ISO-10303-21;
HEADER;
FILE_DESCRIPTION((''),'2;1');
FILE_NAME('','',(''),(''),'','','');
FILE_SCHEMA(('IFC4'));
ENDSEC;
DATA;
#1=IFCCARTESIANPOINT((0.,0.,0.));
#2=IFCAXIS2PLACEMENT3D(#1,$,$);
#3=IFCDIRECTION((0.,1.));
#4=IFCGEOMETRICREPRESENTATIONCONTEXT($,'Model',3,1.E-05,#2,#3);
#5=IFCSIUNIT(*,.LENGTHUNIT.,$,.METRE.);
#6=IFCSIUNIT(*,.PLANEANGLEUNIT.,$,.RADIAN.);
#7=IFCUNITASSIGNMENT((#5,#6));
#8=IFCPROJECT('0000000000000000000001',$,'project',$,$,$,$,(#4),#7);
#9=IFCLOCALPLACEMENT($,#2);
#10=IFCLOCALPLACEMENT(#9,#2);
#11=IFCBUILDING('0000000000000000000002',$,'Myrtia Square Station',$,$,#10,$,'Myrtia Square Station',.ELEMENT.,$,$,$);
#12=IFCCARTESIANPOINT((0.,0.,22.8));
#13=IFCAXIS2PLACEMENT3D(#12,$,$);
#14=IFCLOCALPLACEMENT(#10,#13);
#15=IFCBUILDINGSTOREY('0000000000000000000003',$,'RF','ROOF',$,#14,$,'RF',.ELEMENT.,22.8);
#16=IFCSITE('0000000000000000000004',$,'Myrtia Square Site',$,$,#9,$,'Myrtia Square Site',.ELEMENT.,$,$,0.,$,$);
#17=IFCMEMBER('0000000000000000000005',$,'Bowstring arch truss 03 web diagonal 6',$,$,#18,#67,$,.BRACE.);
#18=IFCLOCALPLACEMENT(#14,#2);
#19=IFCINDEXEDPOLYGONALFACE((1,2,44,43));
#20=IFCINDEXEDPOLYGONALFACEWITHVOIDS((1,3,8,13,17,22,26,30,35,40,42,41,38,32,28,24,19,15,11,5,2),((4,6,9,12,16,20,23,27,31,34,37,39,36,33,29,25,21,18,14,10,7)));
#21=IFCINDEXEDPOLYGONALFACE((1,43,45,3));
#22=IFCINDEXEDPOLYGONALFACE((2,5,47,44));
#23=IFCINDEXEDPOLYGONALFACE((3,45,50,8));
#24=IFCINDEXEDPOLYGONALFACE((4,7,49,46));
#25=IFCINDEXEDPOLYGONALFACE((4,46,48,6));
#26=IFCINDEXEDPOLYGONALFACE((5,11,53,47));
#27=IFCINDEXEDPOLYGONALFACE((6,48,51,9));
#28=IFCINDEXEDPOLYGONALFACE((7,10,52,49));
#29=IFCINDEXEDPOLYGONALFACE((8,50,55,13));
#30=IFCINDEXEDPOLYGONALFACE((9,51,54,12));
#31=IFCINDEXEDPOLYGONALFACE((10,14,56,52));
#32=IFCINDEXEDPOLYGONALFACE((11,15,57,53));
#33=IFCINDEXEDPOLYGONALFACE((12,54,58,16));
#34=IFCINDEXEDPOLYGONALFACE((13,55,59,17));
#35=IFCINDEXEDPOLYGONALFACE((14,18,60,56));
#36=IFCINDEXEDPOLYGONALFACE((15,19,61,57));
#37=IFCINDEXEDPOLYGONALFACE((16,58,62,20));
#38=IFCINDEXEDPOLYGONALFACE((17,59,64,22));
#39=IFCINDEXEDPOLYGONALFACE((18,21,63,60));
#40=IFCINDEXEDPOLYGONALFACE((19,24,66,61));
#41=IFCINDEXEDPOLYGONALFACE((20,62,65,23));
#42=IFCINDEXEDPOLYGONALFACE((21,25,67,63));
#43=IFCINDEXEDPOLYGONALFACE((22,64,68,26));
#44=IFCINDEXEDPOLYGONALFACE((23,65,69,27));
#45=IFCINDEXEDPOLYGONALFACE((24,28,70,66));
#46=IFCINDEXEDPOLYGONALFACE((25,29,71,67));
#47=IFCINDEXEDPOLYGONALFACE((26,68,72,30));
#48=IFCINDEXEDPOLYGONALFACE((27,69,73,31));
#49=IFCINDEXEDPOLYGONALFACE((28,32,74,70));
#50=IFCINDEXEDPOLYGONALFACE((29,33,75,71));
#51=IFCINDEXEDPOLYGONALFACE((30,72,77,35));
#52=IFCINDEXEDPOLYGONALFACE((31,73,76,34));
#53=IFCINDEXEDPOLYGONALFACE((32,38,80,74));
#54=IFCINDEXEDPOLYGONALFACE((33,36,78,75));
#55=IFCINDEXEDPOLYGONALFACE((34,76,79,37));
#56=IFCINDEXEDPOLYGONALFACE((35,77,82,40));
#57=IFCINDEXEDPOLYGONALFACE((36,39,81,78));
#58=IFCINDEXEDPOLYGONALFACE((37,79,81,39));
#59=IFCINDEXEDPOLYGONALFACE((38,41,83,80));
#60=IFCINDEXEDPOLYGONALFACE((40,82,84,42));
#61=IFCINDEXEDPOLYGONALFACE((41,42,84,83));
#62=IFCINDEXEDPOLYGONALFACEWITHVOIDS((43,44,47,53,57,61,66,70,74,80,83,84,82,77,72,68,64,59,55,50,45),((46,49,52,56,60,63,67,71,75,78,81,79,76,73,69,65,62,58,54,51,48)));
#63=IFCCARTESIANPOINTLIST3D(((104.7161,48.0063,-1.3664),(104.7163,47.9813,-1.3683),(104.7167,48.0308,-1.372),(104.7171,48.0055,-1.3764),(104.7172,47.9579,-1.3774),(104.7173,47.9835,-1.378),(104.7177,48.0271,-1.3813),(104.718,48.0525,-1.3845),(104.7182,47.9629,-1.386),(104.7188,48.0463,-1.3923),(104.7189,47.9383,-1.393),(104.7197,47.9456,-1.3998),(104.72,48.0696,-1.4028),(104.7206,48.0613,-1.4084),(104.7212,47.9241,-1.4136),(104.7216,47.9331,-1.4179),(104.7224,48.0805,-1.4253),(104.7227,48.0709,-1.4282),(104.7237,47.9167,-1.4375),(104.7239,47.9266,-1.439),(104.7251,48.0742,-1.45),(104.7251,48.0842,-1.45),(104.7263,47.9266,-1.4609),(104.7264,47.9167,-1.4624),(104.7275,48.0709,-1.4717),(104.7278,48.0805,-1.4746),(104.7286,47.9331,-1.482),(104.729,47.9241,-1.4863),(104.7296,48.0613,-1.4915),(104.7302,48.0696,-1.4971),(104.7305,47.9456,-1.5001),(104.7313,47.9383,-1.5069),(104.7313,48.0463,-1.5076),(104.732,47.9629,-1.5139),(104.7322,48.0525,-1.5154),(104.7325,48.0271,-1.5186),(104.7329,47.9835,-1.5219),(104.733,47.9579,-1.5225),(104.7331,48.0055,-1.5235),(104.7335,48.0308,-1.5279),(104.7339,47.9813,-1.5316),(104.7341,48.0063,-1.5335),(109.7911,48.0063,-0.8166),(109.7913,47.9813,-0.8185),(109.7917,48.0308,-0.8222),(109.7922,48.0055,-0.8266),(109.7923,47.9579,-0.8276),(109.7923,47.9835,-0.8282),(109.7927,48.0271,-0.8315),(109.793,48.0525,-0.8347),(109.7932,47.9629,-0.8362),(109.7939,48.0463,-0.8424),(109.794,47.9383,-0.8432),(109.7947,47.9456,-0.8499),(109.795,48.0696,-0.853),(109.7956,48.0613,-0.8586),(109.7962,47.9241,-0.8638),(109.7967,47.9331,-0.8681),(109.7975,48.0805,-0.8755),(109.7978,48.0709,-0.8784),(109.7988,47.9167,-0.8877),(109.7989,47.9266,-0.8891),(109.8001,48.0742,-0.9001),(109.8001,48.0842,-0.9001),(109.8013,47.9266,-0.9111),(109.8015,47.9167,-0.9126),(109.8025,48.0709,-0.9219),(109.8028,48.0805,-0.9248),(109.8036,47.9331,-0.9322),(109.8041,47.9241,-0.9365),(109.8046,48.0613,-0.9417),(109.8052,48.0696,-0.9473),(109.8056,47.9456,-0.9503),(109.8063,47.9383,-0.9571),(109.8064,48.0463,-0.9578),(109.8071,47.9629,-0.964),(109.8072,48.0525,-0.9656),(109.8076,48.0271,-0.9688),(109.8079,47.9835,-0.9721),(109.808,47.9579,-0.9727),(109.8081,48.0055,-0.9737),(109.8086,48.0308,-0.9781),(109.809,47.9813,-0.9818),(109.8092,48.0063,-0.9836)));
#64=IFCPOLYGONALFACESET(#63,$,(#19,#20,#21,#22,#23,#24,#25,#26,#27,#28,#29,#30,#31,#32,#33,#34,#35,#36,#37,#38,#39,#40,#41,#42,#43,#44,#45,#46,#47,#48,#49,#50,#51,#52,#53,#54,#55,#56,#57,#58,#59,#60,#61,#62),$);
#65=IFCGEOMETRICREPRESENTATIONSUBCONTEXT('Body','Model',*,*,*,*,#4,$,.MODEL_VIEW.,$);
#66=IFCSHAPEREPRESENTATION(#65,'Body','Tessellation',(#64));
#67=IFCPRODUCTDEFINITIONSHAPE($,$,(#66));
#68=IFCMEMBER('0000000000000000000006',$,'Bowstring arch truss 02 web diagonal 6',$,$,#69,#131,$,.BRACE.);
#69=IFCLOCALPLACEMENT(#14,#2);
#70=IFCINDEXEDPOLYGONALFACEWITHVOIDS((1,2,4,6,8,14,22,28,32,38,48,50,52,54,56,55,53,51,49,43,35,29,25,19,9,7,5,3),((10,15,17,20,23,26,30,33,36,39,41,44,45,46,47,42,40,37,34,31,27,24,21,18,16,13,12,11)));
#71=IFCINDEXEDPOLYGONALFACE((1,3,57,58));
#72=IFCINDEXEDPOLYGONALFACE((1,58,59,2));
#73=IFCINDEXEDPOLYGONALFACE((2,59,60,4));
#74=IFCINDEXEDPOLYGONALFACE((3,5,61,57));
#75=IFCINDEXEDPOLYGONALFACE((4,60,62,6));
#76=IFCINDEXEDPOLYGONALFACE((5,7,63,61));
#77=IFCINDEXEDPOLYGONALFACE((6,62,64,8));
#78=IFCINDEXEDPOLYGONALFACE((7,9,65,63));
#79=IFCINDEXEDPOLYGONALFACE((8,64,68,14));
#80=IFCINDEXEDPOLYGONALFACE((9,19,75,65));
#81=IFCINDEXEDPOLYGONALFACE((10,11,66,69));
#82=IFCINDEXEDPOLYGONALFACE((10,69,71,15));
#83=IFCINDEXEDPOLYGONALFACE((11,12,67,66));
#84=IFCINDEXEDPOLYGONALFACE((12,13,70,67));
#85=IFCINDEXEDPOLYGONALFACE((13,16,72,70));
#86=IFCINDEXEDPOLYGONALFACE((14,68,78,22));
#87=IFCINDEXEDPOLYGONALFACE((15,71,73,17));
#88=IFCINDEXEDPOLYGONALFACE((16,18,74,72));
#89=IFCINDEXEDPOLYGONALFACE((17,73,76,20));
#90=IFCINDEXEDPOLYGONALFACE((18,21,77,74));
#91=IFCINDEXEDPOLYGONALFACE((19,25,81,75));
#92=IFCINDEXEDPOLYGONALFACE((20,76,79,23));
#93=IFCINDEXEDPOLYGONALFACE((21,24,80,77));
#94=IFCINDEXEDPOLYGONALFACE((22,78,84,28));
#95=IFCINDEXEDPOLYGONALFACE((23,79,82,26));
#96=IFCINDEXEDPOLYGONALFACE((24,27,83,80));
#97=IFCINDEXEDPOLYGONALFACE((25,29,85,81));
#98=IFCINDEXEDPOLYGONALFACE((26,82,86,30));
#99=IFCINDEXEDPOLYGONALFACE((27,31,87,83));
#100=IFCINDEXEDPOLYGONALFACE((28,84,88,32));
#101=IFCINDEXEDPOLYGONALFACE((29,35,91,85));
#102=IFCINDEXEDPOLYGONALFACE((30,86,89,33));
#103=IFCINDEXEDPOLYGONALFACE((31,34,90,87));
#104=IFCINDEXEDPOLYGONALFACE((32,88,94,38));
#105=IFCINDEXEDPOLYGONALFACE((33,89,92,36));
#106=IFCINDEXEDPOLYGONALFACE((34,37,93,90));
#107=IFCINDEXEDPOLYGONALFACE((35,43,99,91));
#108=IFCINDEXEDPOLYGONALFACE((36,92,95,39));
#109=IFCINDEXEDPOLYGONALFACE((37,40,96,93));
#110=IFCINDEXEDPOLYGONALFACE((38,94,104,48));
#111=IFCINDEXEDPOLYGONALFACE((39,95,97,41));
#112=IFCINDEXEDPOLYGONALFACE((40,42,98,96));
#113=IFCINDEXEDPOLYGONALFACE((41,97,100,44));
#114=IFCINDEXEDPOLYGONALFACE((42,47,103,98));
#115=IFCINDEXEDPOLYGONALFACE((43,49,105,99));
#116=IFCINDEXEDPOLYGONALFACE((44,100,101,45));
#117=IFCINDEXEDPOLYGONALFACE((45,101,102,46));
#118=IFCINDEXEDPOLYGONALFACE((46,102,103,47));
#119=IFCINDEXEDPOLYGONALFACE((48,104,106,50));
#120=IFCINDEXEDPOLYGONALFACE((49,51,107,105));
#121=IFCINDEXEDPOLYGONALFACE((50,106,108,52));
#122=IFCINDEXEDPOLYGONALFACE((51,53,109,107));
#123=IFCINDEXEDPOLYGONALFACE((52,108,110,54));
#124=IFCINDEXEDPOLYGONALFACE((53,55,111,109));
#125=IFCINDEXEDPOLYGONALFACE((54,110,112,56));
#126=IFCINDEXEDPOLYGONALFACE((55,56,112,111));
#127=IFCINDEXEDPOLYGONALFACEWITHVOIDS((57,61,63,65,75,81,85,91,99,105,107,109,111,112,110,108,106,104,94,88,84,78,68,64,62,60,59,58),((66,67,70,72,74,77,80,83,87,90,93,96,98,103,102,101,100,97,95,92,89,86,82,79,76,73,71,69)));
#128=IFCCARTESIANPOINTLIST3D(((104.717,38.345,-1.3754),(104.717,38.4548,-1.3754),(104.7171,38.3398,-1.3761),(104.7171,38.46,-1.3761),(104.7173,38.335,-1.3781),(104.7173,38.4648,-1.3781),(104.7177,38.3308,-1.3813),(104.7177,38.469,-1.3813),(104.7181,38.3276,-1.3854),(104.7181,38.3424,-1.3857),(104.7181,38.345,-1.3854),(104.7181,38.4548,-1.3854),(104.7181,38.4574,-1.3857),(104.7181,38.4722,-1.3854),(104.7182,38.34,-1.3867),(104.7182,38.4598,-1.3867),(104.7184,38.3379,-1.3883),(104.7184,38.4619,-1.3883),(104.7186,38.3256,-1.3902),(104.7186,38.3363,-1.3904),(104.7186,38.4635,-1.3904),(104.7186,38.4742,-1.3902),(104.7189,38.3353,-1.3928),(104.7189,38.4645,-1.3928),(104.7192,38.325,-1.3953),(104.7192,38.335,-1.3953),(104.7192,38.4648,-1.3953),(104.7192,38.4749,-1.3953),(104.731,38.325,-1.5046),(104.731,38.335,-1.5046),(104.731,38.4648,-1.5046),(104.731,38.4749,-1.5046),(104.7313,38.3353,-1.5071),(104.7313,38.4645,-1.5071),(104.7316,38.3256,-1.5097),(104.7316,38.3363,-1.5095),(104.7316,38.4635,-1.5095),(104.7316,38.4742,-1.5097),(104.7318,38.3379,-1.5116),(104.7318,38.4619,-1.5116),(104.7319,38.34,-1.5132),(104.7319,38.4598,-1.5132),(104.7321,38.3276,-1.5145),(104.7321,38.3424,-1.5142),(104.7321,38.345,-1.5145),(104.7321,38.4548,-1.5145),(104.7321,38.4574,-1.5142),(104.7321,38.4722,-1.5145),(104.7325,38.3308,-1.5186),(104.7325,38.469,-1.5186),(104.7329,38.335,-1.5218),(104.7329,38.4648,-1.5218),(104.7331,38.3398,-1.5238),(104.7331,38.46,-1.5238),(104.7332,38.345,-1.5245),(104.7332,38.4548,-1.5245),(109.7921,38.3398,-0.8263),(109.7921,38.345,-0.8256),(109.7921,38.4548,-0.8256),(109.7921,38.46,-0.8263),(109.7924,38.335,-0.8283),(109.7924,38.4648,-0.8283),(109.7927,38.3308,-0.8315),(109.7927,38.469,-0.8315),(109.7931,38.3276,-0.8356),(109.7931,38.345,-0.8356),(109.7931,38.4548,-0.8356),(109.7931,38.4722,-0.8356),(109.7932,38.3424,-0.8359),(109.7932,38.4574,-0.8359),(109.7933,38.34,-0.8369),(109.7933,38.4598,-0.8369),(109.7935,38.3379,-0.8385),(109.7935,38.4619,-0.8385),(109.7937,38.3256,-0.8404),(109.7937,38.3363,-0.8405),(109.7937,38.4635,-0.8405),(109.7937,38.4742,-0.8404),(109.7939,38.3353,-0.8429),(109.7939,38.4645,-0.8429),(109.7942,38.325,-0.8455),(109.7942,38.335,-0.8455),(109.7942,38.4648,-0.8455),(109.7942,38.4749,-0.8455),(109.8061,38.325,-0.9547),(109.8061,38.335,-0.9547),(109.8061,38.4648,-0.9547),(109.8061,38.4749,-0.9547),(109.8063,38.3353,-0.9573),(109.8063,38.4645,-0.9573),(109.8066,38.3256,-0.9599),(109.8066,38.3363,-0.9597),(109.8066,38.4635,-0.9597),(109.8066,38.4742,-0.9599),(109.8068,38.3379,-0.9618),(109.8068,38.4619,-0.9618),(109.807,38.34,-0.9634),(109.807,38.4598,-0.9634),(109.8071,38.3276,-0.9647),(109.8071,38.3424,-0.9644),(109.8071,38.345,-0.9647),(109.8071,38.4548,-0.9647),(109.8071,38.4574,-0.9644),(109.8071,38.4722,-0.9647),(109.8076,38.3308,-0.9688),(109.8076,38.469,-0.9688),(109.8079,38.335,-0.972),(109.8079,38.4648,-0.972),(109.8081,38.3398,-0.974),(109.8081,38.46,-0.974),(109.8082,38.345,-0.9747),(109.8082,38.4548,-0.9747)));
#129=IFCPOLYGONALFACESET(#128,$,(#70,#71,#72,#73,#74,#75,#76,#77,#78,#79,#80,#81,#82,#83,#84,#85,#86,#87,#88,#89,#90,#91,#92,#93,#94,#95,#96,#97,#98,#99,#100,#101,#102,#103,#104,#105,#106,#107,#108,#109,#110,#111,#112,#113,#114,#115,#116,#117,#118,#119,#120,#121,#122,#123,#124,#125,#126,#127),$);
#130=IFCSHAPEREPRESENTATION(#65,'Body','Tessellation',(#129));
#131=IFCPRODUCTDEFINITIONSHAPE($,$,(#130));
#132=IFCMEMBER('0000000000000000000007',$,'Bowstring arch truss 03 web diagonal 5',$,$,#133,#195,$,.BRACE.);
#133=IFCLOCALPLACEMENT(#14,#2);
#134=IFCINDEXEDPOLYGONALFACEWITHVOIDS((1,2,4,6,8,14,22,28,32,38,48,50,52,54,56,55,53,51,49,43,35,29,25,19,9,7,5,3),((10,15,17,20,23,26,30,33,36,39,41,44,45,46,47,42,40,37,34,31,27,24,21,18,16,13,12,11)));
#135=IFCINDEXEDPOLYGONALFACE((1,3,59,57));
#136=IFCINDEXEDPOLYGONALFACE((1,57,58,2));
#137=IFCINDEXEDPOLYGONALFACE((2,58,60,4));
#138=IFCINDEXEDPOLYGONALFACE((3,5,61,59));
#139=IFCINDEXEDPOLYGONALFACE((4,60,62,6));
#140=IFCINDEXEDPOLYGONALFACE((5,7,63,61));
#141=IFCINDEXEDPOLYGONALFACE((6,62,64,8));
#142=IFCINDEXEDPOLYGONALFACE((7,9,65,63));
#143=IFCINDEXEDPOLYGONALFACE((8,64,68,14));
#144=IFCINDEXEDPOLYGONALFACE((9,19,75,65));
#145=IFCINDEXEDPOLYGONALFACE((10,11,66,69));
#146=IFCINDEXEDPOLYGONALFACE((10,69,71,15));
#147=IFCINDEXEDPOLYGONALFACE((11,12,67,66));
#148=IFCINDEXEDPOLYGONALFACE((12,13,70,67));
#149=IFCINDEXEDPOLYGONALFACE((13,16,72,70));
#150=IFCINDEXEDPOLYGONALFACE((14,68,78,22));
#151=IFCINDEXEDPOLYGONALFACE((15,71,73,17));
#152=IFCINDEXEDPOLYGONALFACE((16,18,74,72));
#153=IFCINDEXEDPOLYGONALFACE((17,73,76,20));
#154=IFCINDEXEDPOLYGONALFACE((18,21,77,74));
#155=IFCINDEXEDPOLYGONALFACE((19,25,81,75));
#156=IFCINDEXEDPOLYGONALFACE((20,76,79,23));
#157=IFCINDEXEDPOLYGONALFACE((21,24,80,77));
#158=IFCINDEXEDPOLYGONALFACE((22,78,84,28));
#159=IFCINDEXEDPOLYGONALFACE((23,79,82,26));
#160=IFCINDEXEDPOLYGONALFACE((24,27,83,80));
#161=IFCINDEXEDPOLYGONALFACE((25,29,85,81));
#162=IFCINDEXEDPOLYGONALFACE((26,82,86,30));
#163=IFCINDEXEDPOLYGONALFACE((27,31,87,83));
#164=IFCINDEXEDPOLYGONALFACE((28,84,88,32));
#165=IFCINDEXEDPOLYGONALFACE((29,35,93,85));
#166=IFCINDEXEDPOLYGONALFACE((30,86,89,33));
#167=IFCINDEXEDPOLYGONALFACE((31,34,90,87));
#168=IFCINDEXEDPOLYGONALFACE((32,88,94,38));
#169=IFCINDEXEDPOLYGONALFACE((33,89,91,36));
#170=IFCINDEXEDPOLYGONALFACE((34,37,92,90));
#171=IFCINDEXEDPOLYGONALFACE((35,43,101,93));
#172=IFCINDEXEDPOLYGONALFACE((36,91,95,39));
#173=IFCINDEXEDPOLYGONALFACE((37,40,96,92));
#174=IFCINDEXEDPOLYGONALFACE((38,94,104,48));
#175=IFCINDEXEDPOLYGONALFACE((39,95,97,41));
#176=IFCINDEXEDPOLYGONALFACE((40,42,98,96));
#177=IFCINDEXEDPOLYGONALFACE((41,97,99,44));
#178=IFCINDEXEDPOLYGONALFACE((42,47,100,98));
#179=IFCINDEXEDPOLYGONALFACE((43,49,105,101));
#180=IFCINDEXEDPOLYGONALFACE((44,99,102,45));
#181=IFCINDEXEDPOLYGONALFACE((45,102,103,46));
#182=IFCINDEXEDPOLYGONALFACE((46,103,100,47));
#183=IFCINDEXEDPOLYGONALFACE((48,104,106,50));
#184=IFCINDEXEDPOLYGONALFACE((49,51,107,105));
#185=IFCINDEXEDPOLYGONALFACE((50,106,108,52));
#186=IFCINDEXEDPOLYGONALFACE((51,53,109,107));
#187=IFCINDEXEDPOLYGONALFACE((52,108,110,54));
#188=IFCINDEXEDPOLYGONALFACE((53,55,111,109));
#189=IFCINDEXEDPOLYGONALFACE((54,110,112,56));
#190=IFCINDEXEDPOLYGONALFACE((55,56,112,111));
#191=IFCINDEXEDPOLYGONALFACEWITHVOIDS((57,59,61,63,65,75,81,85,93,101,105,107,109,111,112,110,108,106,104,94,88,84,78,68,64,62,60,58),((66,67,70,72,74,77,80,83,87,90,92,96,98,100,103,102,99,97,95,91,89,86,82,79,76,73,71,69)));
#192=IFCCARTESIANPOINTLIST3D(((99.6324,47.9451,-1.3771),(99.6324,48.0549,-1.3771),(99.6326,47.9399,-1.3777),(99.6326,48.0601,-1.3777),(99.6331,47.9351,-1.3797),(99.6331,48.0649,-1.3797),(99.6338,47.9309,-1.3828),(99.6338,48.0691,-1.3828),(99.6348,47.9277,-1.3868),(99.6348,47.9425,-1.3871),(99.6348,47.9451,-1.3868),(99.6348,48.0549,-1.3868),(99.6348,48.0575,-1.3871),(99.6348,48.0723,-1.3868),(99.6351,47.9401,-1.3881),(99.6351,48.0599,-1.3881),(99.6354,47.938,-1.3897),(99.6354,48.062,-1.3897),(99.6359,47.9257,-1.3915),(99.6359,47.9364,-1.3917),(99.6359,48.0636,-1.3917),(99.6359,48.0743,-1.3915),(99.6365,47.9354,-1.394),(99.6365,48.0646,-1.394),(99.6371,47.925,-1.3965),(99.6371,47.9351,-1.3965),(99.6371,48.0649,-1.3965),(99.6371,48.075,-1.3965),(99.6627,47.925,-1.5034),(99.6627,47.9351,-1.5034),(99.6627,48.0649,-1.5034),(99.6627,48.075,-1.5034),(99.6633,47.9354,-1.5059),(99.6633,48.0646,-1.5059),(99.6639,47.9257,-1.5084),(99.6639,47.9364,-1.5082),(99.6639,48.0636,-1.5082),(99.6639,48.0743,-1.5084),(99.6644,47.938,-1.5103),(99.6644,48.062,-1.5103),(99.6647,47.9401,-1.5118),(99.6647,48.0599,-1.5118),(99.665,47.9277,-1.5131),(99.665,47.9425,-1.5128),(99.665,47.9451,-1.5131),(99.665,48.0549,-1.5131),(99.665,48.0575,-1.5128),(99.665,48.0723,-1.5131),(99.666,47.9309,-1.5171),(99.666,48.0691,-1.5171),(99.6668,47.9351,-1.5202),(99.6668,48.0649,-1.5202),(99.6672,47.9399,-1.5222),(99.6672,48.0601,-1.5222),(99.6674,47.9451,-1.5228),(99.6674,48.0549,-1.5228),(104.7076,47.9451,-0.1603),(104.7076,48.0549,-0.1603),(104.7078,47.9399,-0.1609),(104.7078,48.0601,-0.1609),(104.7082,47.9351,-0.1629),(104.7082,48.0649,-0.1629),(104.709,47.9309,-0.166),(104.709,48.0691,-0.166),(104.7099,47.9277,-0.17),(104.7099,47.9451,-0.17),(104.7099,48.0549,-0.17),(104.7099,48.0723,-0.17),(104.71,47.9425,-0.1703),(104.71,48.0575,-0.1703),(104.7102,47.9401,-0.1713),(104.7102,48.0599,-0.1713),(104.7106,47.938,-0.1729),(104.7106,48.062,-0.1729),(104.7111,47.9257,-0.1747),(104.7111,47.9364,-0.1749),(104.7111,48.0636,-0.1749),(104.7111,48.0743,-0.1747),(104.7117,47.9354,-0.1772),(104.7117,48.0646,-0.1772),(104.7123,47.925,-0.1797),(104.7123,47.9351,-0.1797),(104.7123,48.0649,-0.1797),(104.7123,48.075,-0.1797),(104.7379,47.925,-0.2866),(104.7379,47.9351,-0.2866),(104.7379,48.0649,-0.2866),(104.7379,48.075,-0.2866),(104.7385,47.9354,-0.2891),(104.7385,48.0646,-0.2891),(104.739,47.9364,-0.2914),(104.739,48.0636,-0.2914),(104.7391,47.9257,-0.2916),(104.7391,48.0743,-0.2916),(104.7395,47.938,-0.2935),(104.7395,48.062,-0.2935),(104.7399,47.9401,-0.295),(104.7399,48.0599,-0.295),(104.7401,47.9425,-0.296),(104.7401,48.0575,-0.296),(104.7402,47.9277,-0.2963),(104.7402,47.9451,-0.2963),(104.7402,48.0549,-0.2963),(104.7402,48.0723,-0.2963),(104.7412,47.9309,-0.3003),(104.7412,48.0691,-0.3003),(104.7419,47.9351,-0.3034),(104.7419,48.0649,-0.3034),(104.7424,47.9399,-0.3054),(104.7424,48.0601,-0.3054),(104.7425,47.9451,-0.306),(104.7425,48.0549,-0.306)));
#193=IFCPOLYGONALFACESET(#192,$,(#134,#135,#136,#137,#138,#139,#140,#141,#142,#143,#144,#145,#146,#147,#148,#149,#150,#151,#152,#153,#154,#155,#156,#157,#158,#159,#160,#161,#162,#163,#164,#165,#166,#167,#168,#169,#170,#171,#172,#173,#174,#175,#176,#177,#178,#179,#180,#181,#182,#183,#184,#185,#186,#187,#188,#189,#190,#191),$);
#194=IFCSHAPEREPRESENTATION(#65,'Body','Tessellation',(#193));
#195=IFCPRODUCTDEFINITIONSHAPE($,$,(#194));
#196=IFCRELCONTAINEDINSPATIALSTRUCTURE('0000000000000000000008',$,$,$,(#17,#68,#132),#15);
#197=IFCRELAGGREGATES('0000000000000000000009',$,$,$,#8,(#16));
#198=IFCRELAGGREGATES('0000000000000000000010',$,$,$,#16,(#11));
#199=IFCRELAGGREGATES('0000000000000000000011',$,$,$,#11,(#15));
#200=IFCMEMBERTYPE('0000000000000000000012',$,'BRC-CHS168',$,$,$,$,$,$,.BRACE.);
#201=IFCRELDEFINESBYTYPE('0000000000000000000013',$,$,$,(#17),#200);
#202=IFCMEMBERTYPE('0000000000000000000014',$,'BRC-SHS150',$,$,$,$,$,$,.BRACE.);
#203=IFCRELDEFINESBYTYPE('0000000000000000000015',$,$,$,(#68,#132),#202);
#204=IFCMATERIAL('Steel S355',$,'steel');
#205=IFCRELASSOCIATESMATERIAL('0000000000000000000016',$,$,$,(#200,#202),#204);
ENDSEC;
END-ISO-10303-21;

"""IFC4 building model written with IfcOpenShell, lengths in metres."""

from ifc_helpers import new_model, si_unit, direction, frame, origin, origin_2d, place, context, subcontext, project, spatial, hollow_rectangle, hollow_circle, extrude, material, material_profile, profile_set, type_object, element, save


model = new_model("IFC4")

# Units and contexts
model_context = context("Model", 3, precision=1e-05, world=origin(), true_north=direction((0.0, 1.0)))
body_context = subcontext(model_context, "Body", "Model", "MODEL_VIEW")
ifc_project = project(units=[si_unit("LENGTHUNIT", "METRE"), si_unit("PLANEANGLEUNIT", "RADIAN")], contexts=[model_context])

# Site, building, storey
site_placement = place(None, origin())
site = spatial("IfcSite", under=ifc_project, at=site_placement, Name="Myrtia Square Site", LongName="Myrtia Square Site", CompositionType="ELEMENT", RefElevation=0.0)
building_placement = place(site_placement, origin())
building = spatial("IfcBuilding", under=site, at=building_placement, Name="Myrtia Square Station", LongName="Myrtia Square Station", CompositionType="ELEMENT")
storey_placement = place(building_placement, frame((0.0, 0.0, 22.8)))
storey = spatial("IfcBuildingStorey", under=building, at=storey_placement, Name="RF", Description="ROOF", LongName="RF", CompositionType="ELEMENT", Elevation=22.8)

# Members
ifc_material_1 = material(Name="Steel S355", Category="steel")
ifc_material_profile_1 = material_profile(ifc_material_1, hollow_circle(Radius=0.0842, WallThickness=0.01, at=origin_2d()), Name="CHS 168.3x10")
ifc_profile_set_1 = profile_set([ifc_material_profile_1], Name="Steel S355")
member_type_1 = type_object("IfcMemberType", Name="BRC-CHS168", PredefinedType="BRACE", material=ifc_profile_set_1)
member_1_placement = place(storey_placement, frame((104.7251, 48.0, -1.45), z_axis=(0.994183, 0.0, 0.107707), x_axis=(0.0, 1.0, 0.0)))
element("IfcMember", 1, at=member_1_placement, inside=storey, type_object=member_type_1, Name="Bowstring arch truss 03 web diagonal 6", PredefinedType="BRACE", context=body_context, shape_type="SweptSolid", body=[
    extrude(hollow_circle(Radius=0.0842, WallThickness=0.01, at=origin_2d()), origin(), (0.0, 0.0, 1.0), 5.1047),
])
ifc_material_profile_2 = material_profile(ifc_material_1, hollow_rectangle(XDim=0.1499, YDim=0.1499, WallThickness=0.01, InnerFilletRadius=0.01, OuterFilletRadius=0.02, at=origin_2d()), Name="SHS 150x150x10")
ifc_profile_set_2 = profile_set([ifc_material_profile_2], Name="Steel S355")
member_type_2 = type_object("IfcMemberType", Name="BRC-SHS150", PredefinedType="BRACE", material=ifc_profile_set_2)
member_2_placement = place(storey_placement, frame((104.7251, 38.3999, -1.45), z_axis=(0.994183, 0.0, 0.107707), x_axis=(0.0, 1.0, 0.0)))
element("IfcMember", 2, at=member_2_placement, inside=storey, type_object=member_type_2, Name="Bowstring arch truss 02 web diagonal 6", PredefinedType="BRACE", context=body_context, shape_type="SweptSolid", body=[
    extrude(hollow_rectangle(XDim=0.1499, YDim=0.1499, WallThickness=0.01, InnerFilletRadius=0.01, OuterFilletRadius=0.02, at=origin_2d()), origin(), (0.0, 0.0, 1.0), 5.1047),
])
member_3_placement = place(storey_placement, frame((99.6499, 48.0, -1.45), z_axis=(0.972442, 0.0, 0.233146), x_axis=(0.0, 1.0, 0.0)))
element("IfcMember", 3, at=member_3_placement, inside=storey, type_object=member_type_2, Name="Bowstring arch truss 03 web diagonal 5", PredefinedType="BRACE", context=body_context, shape_type="SweptSolid", body=[
    extrude(hollow_rectangle(XDim=0.1499, YDim=0.1499, WallThickness=0.01, InnerFilletRadius=0.01, OuterFilletRadius=0.02, at=origin_2d()), origin(), (0.0, 0.0, 1.0), 5.219),
])

save(model, "model.ifc")
